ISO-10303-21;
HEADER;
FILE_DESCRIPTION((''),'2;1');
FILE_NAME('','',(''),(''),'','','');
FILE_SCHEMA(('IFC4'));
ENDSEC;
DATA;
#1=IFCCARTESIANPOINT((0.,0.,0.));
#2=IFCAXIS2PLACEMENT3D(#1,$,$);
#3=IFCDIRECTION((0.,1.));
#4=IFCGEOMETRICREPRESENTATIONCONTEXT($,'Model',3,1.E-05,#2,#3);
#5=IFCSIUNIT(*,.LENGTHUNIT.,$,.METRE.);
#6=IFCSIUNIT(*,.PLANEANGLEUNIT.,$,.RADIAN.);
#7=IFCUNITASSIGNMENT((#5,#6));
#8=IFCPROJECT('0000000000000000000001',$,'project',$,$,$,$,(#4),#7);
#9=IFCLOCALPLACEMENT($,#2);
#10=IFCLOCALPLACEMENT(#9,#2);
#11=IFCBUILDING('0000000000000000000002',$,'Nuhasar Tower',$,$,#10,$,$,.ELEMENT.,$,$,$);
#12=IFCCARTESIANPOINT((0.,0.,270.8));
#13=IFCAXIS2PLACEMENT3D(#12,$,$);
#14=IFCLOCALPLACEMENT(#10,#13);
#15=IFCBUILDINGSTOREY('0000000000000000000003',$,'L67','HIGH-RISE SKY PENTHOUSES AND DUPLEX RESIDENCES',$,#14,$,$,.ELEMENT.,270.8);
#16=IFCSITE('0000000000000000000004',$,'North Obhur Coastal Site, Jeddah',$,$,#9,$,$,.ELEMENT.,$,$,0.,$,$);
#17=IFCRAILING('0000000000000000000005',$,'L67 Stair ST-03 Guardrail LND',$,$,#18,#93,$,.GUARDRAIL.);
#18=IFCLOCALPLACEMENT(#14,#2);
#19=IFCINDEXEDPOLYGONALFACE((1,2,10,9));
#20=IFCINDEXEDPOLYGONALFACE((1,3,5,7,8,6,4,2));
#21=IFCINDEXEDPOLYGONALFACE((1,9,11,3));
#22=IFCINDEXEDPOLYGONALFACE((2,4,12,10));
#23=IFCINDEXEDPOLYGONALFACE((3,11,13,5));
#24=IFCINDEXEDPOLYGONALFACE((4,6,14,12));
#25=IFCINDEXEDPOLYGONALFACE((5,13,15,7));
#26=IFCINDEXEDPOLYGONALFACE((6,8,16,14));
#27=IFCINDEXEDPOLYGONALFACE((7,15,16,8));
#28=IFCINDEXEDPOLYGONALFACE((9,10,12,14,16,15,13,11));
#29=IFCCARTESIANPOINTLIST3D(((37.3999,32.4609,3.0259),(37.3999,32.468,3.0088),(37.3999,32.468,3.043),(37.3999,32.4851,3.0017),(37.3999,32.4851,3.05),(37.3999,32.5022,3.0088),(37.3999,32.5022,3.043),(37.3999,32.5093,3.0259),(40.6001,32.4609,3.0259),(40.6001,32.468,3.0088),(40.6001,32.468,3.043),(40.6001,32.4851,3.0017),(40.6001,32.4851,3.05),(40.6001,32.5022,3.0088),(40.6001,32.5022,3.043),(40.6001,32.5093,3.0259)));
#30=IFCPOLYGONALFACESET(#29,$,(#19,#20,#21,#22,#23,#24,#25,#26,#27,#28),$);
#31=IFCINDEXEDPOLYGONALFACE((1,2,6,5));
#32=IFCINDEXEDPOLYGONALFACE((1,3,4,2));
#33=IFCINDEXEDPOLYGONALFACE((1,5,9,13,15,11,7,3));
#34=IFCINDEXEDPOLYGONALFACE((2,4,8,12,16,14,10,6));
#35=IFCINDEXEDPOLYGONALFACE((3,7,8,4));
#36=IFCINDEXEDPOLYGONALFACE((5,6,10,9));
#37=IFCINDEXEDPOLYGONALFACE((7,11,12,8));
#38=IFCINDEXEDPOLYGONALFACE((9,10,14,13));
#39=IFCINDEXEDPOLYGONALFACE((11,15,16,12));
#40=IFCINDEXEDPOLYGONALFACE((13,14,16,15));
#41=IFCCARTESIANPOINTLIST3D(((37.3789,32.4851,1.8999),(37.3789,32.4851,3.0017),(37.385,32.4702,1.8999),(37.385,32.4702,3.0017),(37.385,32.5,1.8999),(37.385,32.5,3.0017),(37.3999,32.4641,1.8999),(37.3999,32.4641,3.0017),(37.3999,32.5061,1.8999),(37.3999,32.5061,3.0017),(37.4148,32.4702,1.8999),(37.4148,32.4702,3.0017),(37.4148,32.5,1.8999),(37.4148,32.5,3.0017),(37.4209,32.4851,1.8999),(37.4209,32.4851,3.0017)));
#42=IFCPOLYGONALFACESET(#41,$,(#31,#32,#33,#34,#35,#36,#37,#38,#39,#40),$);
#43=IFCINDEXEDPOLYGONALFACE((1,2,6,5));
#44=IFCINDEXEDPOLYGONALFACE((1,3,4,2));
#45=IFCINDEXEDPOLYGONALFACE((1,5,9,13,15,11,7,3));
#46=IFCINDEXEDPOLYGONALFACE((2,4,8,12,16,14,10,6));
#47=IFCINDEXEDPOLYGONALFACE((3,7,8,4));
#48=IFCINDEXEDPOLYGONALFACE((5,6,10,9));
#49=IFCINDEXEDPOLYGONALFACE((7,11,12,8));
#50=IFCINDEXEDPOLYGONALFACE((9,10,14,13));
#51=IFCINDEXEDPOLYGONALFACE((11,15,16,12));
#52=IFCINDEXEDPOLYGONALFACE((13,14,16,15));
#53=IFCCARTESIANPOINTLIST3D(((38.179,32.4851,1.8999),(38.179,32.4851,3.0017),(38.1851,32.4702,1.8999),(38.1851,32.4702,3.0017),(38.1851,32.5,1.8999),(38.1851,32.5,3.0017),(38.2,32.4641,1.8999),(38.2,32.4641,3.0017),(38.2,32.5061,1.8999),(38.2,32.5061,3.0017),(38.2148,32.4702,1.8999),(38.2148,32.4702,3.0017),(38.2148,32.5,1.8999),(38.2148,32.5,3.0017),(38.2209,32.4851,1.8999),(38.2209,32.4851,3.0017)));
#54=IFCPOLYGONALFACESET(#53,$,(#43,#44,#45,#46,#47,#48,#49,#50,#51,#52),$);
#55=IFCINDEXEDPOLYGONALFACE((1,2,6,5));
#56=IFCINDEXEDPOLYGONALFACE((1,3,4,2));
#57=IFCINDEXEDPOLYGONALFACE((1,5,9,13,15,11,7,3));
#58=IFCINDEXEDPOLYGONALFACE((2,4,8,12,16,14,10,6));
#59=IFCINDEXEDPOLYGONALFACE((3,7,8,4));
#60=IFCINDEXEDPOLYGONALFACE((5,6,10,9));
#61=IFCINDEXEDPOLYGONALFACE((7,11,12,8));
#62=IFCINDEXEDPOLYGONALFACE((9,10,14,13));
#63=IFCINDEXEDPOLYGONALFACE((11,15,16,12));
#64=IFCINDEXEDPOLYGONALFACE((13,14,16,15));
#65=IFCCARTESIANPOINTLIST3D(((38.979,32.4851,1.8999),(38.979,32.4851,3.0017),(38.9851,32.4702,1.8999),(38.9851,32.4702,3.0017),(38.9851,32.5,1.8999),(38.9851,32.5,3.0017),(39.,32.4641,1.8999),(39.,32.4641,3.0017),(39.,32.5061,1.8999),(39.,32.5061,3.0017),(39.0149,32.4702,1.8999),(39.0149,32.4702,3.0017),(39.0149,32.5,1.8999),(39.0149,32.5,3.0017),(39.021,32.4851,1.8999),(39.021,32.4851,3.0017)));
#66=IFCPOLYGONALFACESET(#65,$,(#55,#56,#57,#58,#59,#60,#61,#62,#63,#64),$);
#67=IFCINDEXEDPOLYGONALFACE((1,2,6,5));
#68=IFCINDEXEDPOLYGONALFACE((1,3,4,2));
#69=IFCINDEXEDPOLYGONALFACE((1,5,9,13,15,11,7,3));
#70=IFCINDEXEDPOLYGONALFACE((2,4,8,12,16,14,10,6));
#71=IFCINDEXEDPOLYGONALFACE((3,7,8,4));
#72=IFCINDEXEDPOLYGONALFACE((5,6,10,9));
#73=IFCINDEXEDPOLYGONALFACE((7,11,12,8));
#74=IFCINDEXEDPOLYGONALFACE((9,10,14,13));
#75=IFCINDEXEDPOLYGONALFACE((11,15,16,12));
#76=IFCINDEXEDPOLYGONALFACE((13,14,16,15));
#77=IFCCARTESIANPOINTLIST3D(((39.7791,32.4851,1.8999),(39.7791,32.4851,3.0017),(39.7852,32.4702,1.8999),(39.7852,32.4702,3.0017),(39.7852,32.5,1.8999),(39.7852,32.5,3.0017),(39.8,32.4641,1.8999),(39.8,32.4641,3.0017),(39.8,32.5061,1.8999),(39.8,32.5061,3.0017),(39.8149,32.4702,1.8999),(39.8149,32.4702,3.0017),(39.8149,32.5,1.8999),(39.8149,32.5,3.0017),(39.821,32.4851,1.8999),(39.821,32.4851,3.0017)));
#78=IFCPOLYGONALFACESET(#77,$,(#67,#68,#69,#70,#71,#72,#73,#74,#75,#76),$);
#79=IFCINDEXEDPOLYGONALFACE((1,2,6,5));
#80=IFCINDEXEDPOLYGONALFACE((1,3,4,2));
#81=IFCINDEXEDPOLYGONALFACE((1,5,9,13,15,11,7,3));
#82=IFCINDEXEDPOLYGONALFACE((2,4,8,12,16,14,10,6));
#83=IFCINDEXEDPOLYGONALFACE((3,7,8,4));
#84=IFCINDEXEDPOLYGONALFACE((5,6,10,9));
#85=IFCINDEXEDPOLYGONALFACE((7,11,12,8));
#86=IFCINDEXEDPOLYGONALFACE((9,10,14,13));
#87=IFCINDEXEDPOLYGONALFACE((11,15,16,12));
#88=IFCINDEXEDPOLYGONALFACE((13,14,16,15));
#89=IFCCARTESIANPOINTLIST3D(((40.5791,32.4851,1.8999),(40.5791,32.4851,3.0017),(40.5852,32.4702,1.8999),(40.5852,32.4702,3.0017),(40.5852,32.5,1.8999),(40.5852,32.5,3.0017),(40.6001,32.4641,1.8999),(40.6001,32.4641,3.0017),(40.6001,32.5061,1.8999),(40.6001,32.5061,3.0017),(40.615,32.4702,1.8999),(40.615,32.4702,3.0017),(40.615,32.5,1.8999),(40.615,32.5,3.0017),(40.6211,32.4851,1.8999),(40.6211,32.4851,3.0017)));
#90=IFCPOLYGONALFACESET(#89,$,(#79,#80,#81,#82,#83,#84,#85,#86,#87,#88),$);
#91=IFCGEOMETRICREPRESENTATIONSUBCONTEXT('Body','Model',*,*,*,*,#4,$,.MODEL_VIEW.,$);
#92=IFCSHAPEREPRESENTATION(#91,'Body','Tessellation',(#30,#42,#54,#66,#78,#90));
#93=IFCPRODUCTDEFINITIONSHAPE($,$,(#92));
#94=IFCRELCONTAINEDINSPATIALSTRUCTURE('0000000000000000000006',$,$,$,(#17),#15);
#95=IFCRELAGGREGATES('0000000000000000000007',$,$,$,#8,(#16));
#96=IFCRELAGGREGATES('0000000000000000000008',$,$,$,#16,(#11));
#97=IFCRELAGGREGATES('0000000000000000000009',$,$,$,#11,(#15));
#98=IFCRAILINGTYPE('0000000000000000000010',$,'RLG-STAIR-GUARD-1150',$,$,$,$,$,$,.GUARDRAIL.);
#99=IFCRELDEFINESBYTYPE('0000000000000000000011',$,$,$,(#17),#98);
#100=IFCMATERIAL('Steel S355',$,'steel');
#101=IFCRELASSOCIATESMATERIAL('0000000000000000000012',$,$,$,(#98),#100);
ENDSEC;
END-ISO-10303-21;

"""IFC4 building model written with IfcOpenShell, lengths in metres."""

from ifc_helpers import new_model, si_unit, direction, frame, origin, place, context, subcontext, project, spatial, polyline, outline, extrude, material, type_object, element, save


model = new_model("IFC4")

# Units and contexts
model_context = context("Model", 3, precision=1e-05, world=origin(), true_north=direction((0.0, 1.0)))
body_context = subcontext(model_context, "Body", "Model", "MODEL_VIEW")
ifc_project = project(units=[si_unit("LENGTHUNIT", "METRE"), si_unit("PLANEANGLEUNIT", "RADIAN")], contexts=[model_context])

# Site, building, storey
site_placement = place(None, origin())
site = spatial("IfcSite", under=ifc_project, at=site_placement, Name="North Obhur Coastal Site, Jeddah", CompositionType="ELEMENT", RefElevation=0.0)
building_placement = place(site_placement, origin())
building = spatial("IfcBuilding", under=site, at=building_placement, Name="Nuhasar Tower", CompositionType="ELEMENT")
storey_placement = place(building_placement, frame((0.0, 0.0, 270.8)))
storey = spatial("IfcBuildingStorey", under=building, at=storey_placement, Name="L67", Description="HIGH-RISE SKY PENTHOUSES AND DUPLEX RESIDENCES", CompositionType="ELEMENT", Elevation=270.8)

# Shared definitions
ifc_material_1 = material(Name="Steel S355", Category="steel")

# Railing
railing_type_1 = type_object("IfcRailingType", Name="RLG-STAIR-GUARD-1150", PredefinedType="GUARDRAIL", material=ifc_material_1)
railing_1_placement = place(storey_placement, frame((37.3999, 32.4851, 1.8999)))
element("IfcRailing", 1, at=railing_1_placement, inside=storey, type_object=railing_type_1, Name="L67 Stair ST-03 Guardrail LND", PredefinedType="GUARDRAIL", context=body_context, shape_type="SweptSolid", body=[
    extrude(outline(polyline([(0.0242, 0.0), (0.0171, 0.0171), (0.0, 0.0242), (-0.0171, 0.0171), (-0.0242, 0.0), (-0.0171, -0.0171), (0.0, -0.0242), (0.0171, -0.0171), (0.0242, 0.0)])), frame((0.0, 0.0, 1.126), z_axis=(1.0, 0.0, 0.0), x_axis=(0.0, 1.0, 0.0)), (0.0, 0.0, 1.0), 3.2002),
    extrude(outline(polyline([(0.021, 0.0), (0.0149, 0.0149), (0.0, 0.021), (-0.0149, 0.0149), (-0.021, 0.0), (-0.0149, -0.0149), (0.0, -0.021), (0.0149, -0.0149), (0.021, 0.0)])), origin(), (0.0, 0.0, 1.0), 1.1018),
    extrude(outline(polyline([(0.021, 0.0), (0.0149, 0.0149), (0.0, 0.021), (-0.0149, 0.0149), (-0.021, 0.0), (-0.0149, -0.0149), (0.0, -0.021), (0.0149, -0.0149), (0.021, 0.0)])), frame((0.8, 0.0, 0.0)), (0.0, 0.0, 1.0), 1.1018),
    extrude(outline(polyline([(0.021, 0.0), (0.0149, 0.0149), (0.0, 0.021), (-0.0149, 0.0149), (-0.021, 0.0), (-0.0149, -0.0149), (0.0, -0.021), (0.0149, -0.0149), (0.021, 0.0)])), frame((1.6001, 0.0, 0.0)), (0.0, 0.0, 1.0), 1.1018),
    extrude(outline(polyline([(0.021, 0.0), (0.0149, 0.0149), (0.0, 0.021), (-0.0149, 0.0149), (-0.021, 0.0), (-0.0149, -0.0149), (0.0, -0.021), (0.0149, -0.0149), (0.021, 0.0)])), frame((2.4001, 0.0, 0.0)), (0.0, 0.0, 1.0), 1.1018),
    extrude(outline(polyline([(0.021, 0.0), (0.0149, 0.0149), (0.0, 0.021), (-0.0149, 0.0149), (-0.021, 0.0), (-0.0149, -0.0149), (0.0, -0.021), (0.0149, -0.0149), (0.021, 0.0)])), frame((3.2002, 0.0, 0.0)), (0.0, 0.0, 1.0), 1.1018),
])

save(model, "model.ifc")
